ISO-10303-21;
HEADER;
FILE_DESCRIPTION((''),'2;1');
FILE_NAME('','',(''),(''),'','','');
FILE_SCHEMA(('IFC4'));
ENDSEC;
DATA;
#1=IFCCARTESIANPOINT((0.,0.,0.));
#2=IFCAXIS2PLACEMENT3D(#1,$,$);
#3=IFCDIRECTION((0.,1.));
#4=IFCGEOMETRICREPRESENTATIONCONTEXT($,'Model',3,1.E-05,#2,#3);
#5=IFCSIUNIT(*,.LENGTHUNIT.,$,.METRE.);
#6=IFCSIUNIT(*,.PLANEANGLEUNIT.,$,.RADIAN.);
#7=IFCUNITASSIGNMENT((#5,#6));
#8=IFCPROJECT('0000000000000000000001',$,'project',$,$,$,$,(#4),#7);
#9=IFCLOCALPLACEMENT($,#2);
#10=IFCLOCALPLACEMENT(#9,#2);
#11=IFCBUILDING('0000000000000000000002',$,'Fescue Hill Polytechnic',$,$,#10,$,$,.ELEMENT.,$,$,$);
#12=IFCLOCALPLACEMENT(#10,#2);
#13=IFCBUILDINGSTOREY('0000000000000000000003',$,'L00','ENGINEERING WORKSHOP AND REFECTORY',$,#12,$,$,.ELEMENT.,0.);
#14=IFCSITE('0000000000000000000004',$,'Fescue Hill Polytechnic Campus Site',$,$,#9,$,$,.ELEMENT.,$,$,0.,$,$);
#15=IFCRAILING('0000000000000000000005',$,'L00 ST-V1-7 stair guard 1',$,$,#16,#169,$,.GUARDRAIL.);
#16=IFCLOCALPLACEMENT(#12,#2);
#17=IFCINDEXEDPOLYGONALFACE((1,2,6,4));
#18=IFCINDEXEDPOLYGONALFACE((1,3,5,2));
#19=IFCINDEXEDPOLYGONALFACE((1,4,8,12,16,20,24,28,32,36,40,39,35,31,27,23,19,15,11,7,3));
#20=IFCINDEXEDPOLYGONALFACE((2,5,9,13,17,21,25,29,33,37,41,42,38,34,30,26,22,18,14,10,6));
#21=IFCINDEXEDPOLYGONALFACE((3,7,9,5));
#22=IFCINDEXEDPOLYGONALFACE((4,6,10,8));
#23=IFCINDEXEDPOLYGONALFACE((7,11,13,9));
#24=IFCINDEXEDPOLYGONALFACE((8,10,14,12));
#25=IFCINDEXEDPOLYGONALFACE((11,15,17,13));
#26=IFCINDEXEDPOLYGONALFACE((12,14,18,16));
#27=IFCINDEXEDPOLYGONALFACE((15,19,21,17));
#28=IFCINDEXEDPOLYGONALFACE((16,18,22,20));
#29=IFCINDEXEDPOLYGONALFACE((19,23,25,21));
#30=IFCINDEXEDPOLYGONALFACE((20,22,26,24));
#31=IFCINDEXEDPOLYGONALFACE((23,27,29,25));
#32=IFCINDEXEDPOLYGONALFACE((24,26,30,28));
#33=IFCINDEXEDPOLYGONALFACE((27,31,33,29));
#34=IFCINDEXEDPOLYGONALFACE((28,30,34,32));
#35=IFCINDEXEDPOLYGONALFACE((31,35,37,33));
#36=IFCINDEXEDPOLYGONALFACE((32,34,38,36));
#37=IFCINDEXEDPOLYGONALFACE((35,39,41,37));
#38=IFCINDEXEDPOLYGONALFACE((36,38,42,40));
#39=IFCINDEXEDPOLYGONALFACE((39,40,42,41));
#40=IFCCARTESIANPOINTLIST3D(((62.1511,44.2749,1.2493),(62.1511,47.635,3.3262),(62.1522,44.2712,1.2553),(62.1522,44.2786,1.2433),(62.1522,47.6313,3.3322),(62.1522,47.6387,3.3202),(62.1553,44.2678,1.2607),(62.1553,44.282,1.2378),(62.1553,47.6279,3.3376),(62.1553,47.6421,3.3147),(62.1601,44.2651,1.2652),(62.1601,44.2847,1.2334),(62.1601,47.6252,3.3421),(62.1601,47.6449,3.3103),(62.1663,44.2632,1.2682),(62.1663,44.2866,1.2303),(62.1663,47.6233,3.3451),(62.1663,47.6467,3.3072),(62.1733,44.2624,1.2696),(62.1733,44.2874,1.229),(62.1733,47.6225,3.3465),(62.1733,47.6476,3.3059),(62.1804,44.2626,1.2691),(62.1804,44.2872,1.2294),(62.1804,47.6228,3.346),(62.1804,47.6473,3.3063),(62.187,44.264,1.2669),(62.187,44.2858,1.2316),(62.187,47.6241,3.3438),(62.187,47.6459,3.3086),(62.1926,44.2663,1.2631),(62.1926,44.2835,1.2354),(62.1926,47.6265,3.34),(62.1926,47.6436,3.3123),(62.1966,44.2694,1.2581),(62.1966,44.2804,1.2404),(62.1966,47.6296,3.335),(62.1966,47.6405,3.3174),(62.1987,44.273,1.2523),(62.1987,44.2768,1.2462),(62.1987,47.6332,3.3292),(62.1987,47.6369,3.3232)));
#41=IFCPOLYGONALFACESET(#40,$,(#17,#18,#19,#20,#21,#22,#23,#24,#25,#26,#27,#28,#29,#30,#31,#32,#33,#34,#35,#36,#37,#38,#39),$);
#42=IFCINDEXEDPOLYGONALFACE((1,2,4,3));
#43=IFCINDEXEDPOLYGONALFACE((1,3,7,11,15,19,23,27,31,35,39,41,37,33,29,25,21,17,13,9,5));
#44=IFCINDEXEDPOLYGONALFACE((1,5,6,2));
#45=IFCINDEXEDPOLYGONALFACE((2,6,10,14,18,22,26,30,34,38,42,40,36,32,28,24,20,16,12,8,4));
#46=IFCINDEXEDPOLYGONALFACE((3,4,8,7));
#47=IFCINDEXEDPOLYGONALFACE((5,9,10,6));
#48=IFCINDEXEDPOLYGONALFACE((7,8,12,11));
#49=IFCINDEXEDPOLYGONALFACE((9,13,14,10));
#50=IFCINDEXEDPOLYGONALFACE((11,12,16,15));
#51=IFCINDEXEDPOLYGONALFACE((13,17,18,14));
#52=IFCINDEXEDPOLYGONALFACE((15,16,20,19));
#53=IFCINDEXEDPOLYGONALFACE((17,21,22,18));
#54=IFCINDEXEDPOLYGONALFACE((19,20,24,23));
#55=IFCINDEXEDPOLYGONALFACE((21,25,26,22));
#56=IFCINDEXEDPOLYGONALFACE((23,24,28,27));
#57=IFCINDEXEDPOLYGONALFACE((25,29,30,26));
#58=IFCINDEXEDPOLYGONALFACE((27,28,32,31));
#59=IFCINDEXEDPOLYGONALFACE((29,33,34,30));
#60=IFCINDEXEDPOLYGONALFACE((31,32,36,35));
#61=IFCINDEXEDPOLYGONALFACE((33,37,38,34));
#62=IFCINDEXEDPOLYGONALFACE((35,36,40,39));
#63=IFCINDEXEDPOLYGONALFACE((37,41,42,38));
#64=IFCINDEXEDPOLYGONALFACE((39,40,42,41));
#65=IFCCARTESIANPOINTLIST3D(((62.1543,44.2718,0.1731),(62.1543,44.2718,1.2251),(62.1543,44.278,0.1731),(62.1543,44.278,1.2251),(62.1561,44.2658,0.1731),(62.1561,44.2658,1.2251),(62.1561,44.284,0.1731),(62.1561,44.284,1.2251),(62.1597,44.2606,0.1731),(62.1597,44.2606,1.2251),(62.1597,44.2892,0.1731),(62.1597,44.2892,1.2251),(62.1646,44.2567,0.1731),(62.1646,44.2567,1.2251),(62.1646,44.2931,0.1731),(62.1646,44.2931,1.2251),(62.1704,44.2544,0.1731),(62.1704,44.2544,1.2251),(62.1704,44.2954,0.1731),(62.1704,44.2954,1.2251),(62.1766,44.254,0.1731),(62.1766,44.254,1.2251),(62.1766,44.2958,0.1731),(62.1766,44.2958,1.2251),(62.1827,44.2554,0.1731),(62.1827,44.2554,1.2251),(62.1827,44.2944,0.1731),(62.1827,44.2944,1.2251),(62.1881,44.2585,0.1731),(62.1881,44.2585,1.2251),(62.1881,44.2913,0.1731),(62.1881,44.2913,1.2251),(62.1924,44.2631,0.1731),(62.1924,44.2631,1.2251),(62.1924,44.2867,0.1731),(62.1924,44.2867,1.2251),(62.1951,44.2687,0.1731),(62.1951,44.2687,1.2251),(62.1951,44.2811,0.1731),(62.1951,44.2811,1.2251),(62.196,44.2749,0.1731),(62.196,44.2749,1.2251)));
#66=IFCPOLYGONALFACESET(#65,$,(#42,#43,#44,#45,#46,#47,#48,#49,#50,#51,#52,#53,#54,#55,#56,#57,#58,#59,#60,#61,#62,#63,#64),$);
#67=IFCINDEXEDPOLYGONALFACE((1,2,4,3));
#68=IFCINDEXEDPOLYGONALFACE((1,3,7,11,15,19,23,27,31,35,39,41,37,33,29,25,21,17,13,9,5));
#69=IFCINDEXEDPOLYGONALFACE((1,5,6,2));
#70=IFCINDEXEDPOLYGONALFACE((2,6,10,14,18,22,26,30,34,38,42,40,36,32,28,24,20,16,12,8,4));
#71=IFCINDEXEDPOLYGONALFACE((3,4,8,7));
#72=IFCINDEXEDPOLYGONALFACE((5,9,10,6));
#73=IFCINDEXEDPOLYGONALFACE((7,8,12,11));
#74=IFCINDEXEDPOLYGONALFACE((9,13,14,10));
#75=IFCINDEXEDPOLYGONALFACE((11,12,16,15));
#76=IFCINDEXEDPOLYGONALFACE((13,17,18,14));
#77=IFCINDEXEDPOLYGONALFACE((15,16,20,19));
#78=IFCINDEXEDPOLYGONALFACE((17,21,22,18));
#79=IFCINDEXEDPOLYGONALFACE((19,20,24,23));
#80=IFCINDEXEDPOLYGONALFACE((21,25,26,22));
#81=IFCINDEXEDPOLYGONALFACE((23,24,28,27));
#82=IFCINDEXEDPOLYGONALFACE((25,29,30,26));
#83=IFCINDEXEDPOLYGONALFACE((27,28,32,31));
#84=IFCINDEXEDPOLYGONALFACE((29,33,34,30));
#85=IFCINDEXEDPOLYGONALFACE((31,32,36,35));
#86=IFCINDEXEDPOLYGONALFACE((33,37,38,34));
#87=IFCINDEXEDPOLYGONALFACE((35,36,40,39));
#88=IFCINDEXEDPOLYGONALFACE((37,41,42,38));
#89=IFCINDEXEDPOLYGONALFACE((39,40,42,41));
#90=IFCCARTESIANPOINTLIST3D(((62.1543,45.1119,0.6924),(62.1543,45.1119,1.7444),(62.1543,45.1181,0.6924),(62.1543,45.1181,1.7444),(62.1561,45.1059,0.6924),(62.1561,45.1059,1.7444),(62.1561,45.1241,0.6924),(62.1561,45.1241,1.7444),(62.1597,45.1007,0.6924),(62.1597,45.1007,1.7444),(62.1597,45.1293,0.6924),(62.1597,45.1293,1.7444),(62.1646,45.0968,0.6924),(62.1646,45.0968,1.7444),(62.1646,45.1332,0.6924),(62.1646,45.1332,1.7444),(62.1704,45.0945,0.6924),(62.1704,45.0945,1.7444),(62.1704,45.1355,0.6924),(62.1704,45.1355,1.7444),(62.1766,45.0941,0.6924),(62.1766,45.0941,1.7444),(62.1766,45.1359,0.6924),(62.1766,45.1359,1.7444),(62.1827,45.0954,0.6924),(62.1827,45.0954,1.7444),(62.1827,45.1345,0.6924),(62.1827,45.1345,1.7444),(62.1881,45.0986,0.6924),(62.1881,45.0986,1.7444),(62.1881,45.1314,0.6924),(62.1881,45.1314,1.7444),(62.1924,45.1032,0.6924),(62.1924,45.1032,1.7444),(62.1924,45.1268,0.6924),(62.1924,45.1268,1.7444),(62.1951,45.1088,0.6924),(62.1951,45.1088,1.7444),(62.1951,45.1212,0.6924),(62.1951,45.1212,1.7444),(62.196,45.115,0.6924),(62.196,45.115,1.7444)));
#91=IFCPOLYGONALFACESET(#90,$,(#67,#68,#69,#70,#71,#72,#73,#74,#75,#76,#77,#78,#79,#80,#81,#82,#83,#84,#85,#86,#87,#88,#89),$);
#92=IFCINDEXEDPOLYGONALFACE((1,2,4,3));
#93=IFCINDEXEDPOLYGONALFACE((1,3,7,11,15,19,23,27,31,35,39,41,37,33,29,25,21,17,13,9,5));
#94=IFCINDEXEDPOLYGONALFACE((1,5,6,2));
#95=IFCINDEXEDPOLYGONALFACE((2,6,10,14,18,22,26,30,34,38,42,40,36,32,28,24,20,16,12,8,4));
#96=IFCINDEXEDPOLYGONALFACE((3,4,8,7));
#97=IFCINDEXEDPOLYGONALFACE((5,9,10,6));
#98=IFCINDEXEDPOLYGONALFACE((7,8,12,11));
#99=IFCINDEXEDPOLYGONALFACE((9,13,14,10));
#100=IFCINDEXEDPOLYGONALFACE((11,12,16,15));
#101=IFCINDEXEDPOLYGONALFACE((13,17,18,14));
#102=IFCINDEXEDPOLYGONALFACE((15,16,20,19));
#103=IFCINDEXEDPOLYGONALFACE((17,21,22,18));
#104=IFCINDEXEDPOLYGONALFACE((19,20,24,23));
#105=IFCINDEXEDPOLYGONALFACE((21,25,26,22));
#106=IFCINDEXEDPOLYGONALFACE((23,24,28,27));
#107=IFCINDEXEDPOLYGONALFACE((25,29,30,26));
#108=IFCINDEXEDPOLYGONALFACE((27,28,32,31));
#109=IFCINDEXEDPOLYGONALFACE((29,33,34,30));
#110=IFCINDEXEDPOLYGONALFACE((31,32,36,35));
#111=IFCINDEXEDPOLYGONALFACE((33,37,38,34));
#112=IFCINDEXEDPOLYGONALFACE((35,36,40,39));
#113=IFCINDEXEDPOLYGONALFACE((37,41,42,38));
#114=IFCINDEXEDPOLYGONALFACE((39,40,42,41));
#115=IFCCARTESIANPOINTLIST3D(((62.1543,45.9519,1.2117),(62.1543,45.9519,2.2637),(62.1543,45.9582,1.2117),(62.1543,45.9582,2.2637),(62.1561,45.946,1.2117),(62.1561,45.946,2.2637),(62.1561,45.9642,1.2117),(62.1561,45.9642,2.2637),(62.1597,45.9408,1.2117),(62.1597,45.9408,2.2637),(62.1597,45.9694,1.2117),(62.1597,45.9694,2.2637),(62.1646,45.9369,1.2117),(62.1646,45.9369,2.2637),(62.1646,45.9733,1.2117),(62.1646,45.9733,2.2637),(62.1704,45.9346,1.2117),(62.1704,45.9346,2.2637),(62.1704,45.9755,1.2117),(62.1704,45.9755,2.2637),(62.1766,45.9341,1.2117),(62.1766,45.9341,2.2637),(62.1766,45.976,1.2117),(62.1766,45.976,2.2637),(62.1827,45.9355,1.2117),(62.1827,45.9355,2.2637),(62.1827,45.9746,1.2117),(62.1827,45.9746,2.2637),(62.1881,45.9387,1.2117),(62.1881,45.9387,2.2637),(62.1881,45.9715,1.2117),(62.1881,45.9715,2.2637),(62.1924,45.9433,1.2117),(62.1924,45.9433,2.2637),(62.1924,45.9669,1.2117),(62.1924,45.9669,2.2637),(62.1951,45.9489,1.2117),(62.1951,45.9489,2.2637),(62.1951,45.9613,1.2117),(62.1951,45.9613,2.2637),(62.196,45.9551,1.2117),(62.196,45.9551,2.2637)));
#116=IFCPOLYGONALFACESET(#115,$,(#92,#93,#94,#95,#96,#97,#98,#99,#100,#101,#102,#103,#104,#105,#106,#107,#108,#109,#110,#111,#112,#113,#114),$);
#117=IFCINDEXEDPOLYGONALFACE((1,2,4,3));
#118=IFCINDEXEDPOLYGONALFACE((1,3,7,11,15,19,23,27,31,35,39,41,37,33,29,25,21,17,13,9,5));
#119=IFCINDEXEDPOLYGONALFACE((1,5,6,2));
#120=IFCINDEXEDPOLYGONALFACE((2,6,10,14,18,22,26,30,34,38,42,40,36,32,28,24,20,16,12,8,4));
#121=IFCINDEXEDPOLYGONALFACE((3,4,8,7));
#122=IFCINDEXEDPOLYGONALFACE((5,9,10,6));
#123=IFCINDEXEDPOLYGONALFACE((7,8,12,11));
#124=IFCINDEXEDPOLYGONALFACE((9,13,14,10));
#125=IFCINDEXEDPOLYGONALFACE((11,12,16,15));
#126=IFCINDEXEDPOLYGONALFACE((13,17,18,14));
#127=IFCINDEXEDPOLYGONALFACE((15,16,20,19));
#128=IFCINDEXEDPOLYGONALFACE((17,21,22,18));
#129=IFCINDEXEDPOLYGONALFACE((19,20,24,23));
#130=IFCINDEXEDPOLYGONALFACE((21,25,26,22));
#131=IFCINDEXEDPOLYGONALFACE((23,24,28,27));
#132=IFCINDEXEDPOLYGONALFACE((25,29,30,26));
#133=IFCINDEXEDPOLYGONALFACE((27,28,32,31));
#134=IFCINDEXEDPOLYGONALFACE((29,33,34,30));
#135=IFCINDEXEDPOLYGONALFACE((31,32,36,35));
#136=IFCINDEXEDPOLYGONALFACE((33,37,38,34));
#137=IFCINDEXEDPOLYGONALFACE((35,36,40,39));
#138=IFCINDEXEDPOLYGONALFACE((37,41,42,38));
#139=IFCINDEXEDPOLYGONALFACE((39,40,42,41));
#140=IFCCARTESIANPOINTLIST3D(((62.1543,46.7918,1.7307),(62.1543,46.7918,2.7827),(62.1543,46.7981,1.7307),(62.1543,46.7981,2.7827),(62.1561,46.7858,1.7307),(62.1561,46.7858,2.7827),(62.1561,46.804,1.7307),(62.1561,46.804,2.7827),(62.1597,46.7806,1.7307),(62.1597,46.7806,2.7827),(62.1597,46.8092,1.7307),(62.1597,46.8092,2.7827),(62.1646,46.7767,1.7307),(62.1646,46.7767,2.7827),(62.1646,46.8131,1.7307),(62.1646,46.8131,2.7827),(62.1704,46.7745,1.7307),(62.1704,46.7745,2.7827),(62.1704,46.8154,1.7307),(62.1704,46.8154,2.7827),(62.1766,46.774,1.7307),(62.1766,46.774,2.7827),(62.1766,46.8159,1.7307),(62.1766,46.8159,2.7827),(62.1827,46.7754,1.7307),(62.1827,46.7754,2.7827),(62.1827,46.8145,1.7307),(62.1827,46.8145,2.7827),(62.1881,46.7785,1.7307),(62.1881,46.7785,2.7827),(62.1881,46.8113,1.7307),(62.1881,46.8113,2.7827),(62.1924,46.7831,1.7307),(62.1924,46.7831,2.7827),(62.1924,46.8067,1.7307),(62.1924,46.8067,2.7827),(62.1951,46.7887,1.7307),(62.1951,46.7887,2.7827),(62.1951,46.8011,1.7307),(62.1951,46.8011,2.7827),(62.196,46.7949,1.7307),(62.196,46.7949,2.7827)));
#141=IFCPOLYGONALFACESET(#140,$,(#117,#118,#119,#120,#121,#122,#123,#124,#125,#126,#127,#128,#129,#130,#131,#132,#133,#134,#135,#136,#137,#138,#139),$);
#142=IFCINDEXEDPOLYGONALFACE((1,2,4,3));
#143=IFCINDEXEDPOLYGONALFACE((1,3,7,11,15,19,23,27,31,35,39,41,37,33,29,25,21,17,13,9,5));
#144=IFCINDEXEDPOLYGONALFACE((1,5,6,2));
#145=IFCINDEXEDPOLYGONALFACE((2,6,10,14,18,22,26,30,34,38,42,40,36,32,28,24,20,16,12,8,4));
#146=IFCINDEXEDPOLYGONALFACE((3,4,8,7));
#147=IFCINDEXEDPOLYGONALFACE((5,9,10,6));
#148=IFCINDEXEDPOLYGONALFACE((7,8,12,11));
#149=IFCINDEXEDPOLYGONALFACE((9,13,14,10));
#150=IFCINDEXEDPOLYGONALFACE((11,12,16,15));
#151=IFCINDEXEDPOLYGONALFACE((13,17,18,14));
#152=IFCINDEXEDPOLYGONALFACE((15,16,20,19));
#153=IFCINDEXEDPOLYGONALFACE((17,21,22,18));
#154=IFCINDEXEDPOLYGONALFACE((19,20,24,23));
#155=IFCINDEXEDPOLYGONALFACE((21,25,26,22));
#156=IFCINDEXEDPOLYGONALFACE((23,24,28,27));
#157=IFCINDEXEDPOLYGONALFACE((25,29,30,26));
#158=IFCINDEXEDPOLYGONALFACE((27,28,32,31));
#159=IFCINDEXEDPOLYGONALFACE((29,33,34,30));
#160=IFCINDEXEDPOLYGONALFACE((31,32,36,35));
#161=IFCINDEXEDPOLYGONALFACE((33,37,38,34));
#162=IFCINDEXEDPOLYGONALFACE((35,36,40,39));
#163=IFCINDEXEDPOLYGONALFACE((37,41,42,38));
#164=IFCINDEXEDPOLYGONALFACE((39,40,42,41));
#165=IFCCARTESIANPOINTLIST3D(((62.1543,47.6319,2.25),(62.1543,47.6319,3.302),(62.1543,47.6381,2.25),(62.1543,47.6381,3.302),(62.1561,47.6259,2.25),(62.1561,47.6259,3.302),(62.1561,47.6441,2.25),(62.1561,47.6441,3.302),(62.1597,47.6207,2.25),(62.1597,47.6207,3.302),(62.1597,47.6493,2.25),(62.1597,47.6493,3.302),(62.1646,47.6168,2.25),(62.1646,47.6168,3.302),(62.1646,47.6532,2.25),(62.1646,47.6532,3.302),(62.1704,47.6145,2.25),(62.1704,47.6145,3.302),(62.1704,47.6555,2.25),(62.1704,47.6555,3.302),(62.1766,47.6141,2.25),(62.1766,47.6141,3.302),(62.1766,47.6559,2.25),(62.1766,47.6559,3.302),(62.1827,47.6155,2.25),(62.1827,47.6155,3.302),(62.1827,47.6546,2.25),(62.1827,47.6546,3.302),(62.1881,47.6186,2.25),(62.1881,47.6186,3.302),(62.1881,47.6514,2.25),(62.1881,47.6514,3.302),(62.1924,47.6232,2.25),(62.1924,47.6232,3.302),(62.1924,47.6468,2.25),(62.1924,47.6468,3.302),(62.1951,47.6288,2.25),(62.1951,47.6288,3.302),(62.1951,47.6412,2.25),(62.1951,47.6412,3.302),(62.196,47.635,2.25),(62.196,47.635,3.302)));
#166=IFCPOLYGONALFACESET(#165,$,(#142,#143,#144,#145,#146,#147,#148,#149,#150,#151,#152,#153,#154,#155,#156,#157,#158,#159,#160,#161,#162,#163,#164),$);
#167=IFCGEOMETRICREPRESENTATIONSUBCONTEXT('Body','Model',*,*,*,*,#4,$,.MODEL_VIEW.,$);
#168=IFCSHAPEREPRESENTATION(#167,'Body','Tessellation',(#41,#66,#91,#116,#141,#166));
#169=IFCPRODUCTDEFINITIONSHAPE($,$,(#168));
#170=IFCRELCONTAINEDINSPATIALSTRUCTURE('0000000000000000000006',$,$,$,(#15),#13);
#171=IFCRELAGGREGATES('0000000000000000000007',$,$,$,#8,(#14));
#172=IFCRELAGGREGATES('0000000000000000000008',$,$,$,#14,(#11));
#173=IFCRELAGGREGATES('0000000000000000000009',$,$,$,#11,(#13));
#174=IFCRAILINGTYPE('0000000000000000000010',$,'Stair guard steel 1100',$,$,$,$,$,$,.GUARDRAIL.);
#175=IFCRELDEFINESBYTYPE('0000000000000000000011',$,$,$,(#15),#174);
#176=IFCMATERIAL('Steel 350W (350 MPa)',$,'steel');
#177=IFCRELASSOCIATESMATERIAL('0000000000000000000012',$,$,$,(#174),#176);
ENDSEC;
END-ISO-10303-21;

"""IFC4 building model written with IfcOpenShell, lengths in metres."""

from ifc_helpers import new_model, si_unit, direction, frame, origin, origin_2d, place, context, subcontext, project, spatial, circle, extrude, material, type_object, element, save


model = new_model("IFC4")

# Units and contexts
model_context = context("Model", 3, precision=1e-05, world=origin(), true_north=direction((0.0, 1.0)))
body_context = subcontext(model_context, "Body", "Model", "MODEL_VIEW")
ifc_project = project(units=[si_unit("LENGTHUNIT", "METRE"), si_unit("PLANEANGLEUNIT", "RADIAN")], contexts=[model_context])

# Site, building, storey
site_placement = place(None, origin())
site = spatial("IfcSite", under=ifc_project, at=site_placement, Name="Fescue Hill Polytechnic Campus Site", CompositionType="ELEMENT", RefElevation=0.0)
building_placement = place(site_placement, origin())
building = spatial("IfcBuilding", under=site, at=building_placement, Name="Fescue Hill Polytechnic", CompositionType="ELEMENT")
storey_placement = place(building_placement, origin())
storey = spatial("IfcBuildingStorey", under=building, at=storey_placement, Name="L00", Description="ENGINEERING WORKSHOP AND REFECTORY", CompositionType="ELEMENT", Elevation=0.0)

# Railing
ifc_material_1 = material(Name="Steel 350W (350 MPa)", Category="steel")
railing_type_1 = type_object("IfcRailingType", Name="Stair guard steel 1100", PredefinedType="GUARDRAIL", material=ifc_material_1)
railing_1_placement = place(storey_placement, frame((62.175, 44.2749, 0.1731)))
element("IfcRailing", 1, at=railing_1_placement, inside=storey, type_object=railing_type_1, Name="L00 ST-V1-7 stair guard 1", PredefinedType="GUARDRAIL", context=body_context, shape_type="SweptSolid", body=[
    extrude(circle(Radius=0.0239, at=origin_2d()), frame((0.0, 0.0, 1.0762), z_axis=(0.0, 0.850623, 0.525776), x_axis=(-1.0, 0.0, 0.0)), (0.0, 0.0, 1.0), 3.9502),
    extrude(circle(Radius=0.021, at=origin_2d()), origin(), (0.0, 0.0, 1.0), 1.052),
    extrude(circle(Radius=0.021, at=origin_2d()), frame((0.0, 0.8401, 0.5193)), (0.0, 0.0, 1.0), 1.052),
    extrude(circle(Radius=0.021, at=origin_2d()), frame((0.0, 1.6802, 1.0386)), (0.0, 0.0, 1.0), 1.052),
    extrude(circle(Radius=0.021, at=origin_2d()), frame((0.0, 2.52, 1.5576)), (0.0, 0.0, 1.0), 1.052),
    extrude(circle(Radius=0.021, at=origin_2d()), frame((0.0, 3.3601, 2.0769)), (0.0, 0.0, 1.0), 1.052),
])

save(model, "model.ifc")
